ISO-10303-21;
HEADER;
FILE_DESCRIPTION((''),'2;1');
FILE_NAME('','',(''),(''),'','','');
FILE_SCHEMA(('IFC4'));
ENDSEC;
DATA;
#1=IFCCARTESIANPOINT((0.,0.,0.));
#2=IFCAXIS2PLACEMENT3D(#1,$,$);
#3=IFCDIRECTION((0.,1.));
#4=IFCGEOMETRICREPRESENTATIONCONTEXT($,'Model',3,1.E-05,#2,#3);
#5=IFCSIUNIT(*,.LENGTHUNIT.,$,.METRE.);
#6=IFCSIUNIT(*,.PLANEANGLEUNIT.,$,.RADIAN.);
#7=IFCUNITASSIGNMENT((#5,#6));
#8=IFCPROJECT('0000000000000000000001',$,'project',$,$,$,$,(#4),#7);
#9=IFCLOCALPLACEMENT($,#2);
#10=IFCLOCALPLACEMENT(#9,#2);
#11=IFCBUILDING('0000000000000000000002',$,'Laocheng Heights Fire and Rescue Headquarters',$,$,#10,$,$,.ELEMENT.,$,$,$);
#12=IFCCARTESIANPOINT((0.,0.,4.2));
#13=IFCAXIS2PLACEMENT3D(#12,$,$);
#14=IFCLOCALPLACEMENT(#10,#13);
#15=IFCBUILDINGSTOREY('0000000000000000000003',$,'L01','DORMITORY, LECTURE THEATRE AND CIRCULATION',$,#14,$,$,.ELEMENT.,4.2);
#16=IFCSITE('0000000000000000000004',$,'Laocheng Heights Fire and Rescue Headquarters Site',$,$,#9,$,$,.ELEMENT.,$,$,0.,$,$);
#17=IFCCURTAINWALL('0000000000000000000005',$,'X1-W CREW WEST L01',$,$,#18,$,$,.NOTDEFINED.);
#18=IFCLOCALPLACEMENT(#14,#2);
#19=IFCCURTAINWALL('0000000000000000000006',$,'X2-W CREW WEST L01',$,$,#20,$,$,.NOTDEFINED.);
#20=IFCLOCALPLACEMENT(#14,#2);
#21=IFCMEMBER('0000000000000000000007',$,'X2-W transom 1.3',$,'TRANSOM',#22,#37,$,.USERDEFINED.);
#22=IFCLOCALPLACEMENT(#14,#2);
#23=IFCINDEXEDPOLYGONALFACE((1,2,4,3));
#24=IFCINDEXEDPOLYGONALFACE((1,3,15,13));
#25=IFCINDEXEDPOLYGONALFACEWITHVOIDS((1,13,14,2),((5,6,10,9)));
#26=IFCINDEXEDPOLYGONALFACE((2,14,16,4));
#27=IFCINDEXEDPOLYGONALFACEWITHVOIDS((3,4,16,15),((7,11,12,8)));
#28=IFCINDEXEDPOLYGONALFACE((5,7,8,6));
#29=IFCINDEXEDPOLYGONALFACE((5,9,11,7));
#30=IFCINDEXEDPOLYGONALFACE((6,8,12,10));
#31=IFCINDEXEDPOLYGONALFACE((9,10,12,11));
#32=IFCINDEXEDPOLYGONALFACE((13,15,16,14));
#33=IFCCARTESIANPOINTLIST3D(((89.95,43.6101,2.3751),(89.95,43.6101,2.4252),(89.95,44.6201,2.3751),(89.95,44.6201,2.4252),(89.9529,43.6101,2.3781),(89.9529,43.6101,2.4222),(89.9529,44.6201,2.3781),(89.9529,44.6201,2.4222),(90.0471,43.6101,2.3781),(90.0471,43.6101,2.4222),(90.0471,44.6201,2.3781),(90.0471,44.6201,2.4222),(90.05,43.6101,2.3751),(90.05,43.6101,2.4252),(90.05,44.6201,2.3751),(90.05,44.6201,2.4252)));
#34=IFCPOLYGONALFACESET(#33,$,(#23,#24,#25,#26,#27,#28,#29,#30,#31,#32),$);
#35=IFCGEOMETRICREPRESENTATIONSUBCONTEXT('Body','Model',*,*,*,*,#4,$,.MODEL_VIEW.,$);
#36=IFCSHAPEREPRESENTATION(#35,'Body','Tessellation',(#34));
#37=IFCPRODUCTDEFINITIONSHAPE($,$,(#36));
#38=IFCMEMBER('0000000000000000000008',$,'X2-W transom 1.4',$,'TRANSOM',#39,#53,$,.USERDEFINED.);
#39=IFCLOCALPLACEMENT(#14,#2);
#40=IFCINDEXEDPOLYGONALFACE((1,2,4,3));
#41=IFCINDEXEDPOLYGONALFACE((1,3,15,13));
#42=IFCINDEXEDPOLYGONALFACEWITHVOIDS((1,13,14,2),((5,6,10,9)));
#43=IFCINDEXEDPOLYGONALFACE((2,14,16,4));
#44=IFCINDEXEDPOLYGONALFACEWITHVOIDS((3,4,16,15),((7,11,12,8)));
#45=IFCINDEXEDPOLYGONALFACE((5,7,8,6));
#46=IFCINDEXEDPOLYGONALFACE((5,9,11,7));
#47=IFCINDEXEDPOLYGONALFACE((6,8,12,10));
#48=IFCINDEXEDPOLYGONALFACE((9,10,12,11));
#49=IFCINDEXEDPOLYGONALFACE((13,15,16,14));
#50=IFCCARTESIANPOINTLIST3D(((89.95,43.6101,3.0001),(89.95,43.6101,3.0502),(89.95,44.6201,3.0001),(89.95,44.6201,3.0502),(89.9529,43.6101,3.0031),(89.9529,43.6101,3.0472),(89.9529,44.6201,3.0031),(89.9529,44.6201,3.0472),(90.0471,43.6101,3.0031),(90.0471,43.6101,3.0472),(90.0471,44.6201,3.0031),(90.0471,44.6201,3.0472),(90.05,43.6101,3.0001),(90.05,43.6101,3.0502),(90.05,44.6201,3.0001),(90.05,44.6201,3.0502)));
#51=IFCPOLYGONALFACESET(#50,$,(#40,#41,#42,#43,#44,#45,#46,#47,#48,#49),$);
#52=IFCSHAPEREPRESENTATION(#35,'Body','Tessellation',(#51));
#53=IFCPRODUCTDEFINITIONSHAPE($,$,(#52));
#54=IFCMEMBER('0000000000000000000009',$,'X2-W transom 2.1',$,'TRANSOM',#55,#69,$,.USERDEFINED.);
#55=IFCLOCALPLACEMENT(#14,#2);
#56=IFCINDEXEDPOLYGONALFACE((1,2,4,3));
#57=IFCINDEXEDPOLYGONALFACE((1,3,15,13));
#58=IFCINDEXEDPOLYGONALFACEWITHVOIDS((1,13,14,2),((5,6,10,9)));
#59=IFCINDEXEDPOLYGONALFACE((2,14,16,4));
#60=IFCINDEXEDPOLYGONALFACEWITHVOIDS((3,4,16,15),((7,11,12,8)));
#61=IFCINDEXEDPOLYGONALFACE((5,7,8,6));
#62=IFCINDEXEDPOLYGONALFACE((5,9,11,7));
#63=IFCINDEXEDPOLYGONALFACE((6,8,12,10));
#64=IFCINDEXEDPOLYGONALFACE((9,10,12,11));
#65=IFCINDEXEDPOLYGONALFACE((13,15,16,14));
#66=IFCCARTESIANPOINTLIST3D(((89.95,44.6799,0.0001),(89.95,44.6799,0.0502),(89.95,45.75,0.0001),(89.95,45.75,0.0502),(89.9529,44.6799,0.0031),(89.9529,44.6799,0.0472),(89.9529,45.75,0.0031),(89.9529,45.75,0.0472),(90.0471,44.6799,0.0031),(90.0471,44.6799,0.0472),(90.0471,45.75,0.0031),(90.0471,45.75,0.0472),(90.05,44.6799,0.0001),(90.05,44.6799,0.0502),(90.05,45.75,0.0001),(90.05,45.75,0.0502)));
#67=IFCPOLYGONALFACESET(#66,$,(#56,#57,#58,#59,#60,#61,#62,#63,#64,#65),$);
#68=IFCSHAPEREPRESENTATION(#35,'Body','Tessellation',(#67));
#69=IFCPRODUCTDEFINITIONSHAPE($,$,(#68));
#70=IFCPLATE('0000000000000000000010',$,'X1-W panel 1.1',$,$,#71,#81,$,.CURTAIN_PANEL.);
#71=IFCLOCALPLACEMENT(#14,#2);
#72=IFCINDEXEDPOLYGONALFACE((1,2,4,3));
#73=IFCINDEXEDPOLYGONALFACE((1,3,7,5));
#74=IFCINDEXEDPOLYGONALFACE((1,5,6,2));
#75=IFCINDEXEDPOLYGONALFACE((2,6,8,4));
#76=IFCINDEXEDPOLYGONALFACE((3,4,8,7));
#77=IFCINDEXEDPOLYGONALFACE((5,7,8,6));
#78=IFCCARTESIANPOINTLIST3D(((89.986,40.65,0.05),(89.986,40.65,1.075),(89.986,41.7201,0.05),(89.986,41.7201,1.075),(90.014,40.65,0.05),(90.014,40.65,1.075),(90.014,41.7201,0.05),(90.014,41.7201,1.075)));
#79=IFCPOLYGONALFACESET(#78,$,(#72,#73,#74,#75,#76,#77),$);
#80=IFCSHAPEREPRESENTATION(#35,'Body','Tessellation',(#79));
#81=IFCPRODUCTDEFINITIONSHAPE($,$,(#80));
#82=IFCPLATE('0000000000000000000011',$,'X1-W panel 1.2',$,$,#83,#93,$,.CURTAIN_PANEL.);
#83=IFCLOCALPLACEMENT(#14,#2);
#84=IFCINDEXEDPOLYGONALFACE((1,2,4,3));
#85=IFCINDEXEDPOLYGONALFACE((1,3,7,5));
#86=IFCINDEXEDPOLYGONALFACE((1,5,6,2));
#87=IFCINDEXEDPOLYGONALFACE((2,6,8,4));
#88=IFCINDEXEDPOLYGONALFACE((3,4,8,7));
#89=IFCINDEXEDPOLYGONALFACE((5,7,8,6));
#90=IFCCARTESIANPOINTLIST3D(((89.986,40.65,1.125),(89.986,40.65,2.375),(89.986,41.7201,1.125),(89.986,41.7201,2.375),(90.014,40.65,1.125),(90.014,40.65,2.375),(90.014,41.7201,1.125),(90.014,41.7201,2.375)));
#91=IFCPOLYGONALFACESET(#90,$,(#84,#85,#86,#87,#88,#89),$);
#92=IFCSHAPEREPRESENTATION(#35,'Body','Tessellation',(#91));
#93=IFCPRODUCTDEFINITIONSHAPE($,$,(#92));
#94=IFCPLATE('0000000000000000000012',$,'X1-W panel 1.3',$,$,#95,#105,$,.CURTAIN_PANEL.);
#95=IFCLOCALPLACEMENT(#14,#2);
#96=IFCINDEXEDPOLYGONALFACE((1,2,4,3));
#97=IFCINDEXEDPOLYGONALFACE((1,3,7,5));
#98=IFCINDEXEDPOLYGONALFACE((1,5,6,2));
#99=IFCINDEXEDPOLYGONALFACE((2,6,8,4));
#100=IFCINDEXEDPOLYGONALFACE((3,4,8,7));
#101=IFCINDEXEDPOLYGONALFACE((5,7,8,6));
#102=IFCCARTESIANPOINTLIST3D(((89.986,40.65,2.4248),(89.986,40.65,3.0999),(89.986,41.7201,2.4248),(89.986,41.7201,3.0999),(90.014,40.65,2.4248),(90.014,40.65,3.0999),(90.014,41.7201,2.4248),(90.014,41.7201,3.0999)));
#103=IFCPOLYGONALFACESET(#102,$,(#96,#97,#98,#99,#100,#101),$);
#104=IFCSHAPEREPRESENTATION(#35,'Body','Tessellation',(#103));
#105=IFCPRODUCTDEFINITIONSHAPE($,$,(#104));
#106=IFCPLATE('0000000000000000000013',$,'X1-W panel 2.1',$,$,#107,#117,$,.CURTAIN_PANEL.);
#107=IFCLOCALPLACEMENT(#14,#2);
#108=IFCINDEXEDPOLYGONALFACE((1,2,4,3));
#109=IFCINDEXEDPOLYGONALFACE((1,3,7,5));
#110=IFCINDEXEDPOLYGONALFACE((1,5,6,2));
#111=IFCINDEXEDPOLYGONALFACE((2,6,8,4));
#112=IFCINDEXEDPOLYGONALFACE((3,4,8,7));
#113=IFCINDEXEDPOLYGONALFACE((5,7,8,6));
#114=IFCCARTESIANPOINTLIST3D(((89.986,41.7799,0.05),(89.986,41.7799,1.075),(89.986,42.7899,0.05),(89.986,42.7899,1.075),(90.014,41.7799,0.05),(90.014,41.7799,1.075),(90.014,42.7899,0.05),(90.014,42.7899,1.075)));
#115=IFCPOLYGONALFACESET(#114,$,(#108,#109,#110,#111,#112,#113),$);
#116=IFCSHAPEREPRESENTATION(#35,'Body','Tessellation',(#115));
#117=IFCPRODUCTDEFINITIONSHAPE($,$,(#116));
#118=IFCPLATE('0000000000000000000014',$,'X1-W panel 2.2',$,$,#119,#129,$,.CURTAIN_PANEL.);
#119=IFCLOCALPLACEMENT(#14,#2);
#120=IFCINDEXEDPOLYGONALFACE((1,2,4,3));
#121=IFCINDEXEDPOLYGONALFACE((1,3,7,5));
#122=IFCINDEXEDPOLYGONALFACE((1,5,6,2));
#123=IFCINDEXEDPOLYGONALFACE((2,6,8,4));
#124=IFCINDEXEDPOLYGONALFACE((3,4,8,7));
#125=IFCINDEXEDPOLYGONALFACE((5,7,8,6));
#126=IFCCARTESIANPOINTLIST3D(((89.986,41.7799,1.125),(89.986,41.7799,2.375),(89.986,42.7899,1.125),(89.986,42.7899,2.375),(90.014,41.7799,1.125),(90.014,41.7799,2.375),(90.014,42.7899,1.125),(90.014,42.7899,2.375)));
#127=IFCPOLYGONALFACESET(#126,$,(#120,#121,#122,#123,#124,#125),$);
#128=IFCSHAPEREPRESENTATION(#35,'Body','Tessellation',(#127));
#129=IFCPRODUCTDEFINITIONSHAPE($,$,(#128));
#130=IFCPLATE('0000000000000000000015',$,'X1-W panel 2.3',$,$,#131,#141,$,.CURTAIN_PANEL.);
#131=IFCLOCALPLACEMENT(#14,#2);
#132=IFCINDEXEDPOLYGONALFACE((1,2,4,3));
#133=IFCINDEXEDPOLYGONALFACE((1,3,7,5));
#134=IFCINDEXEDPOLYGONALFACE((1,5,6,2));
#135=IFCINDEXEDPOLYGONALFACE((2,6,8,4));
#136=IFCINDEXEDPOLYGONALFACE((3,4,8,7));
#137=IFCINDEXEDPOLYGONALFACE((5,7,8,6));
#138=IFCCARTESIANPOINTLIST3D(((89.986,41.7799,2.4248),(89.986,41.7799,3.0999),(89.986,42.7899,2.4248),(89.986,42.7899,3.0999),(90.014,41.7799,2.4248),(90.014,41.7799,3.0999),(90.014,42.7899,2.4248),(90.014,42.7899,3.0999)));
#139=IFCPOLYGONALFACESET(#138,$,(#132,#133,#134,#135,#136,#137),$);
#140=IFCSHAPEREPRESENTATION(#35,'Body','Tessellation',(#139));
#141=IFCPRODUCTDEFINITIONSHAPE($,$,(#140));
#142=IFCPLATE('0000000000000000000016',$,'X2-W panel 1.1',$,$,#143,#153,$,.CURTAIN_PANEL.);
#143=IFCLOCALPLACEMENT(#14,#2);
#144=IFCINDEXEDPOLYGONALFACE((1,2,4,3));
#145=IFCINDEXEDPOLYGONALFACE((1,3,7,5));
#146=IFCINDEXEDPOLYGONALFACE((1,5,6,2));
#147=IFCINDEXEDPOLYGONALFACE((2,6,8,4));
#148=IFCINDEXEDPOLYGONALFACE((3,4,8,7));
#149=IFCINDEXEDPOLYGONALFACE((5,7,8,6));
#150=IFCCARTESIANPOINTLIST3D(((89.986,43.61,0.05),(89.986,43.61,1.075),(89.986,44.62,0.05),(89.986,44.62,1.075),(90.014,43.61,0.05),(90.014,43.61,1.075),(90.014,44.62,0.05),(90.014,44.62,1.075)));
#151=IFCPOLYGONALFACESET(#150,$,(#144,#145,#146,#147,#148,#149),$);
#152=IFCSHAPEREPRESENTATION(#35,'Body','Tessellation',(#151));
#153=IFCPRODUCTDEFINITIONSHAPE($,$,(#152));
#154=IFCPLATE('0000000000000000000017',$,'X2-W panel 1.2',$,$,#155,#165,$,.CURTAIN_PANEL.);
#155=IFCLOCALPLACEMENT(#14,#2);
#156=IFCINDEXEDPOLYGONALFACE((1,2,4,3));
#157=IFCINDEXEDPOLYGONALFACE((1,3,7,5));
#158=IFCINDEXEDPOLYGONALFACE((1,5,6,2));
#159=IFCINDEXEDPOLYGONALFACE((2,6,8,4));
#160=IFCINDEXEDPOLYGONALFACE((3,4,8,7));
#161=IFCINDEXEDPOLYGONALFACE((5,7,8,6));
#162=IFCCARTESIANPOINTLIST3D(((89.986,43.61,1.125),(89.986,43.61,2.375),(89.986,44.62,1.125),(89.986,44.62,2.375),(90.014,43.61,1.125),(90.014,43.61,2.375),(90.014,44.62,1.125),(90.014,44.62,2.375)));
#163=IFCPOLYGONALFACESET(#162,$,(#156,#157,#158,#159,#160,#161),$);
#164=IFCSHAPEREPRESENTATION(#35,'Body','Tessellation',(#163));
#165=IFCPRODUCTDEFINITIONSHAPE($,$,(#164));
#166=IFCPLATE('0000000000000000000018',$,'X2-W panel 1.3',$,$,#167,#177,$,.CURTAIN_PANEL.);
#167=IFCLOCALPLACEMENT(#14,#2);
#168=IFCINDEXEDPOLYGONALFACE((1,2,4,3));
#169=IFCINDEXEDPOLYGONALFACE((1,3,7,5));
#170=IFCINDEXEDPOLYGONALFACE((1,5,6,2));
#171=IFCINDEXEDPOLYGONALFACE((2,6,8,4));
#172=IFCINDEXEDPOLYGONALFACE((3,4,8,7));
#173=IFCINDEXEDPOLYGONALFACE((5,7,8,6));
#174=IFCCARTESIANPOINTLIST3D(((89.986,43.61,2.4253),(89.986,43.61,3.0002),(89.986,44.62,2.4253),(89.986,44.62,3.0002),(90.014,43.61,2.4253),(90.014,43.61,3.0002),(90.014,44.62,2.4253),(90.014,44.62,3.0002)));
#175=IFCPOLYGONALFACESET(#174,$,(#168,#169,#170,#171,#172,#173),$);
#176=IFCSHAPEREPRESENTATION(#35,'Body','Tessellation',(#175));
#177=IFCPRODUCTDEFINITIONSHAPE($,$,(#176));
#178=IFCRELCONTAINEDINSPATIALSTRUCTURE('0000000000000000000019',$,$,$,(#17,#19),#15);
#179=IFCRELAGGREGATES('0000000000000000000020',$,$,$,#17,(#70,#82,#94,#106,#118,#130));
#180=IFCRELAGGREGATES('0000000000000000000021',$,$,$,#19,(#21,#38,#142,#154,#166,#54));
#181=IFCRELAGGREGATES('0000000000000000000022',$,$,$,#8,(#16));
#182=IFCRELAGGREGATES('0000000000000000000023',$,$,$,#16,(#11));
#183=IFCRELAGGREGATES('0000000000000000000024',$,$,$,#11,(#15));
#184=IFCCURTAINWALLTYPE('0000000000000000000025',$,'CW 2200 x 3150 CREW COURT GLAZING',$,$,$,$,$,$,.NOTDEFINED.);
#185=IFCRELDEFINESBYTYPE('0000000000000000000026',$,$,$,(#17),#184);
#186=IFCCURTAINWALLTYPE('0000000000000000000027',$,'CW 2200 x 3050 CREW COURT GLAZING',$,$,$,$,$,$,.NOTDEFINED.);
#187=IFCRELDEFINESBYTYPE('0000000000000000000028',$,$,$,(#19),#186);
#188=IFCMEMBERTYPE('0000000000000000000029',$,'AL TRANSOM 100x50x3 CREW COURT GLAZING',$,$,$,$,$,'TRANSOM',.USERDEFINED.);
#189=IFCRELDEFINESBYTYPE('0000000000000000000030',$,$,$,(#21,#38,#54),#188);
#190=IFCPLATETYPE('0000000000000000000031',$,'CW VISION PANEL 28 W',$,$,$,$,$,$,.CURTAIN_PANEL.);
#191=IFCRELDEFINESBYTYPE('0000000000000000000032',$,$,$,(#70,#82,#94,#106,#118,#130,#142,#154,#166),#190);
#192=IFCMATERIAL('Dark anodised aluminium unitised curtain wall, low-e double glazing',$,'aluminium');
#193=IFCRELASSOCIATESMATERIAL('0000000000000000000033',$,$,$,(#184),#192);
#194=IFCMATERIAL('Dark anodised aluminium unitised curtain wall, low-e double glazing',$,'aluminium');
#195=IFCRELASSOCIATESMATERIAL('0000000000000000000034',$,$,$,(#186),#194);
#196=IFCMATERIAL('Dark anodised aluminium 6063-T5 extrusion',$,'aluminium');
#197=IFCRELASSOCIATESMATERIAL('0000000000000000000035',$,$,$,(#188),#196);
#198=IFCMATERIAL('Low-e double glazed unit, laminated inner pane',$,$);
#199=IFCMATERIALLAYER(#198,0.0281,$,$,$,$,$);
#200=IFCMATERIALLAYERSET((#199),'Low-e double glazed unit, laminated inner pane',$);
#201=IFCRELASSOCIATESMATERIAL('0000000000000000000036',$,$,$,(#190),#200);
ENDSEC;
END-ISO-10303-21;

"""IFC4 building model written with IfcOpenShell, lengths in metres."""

from ifc_helpers import new_model, si_unit, direction, frame, origin, origin_2d, place, context, subcontext, project, spatial, rectangle, hollow_rectangle, extrude, material, layer, layer_set, material_profile, profile_set, type_object, element, aggregate, save


model = new_model("IFC4")

# Units and contexts
model_context = context("Model", 3, precision=1e-05, world=origin(), true_north=direction((0.0, 1.0)))
body_context = subcontext(model_context, "Body", "Model", "MODEL_VIEW")
ifc_project = project(units=[si_unit("LENGTHUNIT", "METRE"), si_unit("PLANEANGLEUNIT", "RADIAN")], contexts=[model_context])

# Site, building, storey
site_placement = place(None, origin())
site = spatial("IfcSite", under=ifc_project, at=site_placement, Name="Laocheng Heights Fire and Rescue Headquarters Site", CompositionType="ELEMENT", RefElevation=0.0)
building_placement = place(site_placement, origin())
building = spatial("IfcBuilding", under=site, at=building_placement, Name="Laocheng Heights Fire and Rescue Headquarters", CompositionType="ELEMENT")
storey_placement = place(building_placement, frame((0.0, 0.0, 4.2)))
storey = spatial("IfcBuildingStorey", under=building, at=storey_placement, Name="L01", Description="DORMITORY, LECTURE THEATRE AND CIRCULATION", CompositionType="ELEMENT", Elevation=4.2)

# Curtain walls
ifc_material_1 = material(Name="Dark anodised aluminium unitised curtain wall, low-e double glazing", Category="aluminium")
curtain_wall_type_1 = type_object("IfcCurtainWallType", Name="CW 2200 x 3150 CREW COURT GLAZING", PredefinedType="NOTDEFINED", material=ifc_material_1)
curtain_wall_1_placement = place(storey_placement, origin())
curtain_wall_1 = element("IfcCurtainWall", 1, at=curtain_wall_1_placement, inside=storey, type_object=curtain_wall_type_1, Name="X1-W CREW WEST L01", PredefinedType="NOTDEFINED")
ifc_material_2 = material(Name="Dark anodised aluminium unitised curtain wall, low-e double glazing", Category="aluminium")
curtain_wall_type_2 = type_object("IfcCurtainWallType", Name="CW 2200 x 3050 CREW COURT GLAZING", PredefinedType="NOTDEFINED", material=ifc_material_2)
curtain_wall_2_placement = place(storey_placement, origin())
curtain_wall_2 = element("IfcCurtainWall", 2, at=curtain_wall_2_placement, inside=storey, type_object=curtain_wall_type_2, Name="X2-W CREW WEST L01", PredefinedType="NOTDEFINED")

# Members
ifc_material_3 = material(Name="Dark anodised aluminium 6063-T5 extrusion", Category="aluminium")
ifc_material_profile_1 = material_profile(ifc_material_3, hollow_rectangle(XDim=0.1001, YDim=0.05, WallThickness=0.0029, at=origin_2d()), Name="AL TRANSOM 100x50x3 CREW COURT GLAZING")
ifc_profile_set_1 = profile_set([ifc_material_profile_1], Name="Dark anodised aluminium 6063-T5 extrusion")
member_type_1 = type_object("IfcMemberType", Name="AL TRANSOM 100x50x3 CREW COURT GLAZING", ElementType="TRANSOM", PredefinedType="USERDEFINED", material=ifc_profile_set_1)
member_1_placement = place(storey_placement, frame((90.0, 43.6101, 2.4001), z_axis=(0.0, 1.0, 0.0), x_axis=(-1.0, 0.0, 0.0)))
member_1 = element("IfcMember", 3, at=member_1_placement, type_object=member_type_1, Name="X2-W transom 1.3", ObjectType="TRANSOM", PredefinedType="USERDEFINED", context=body_context, shape_type="SweptSolid", body=[
    extrude(hollow_rectangle(XDim=0.1001, YDim=0.05, WallThickness=0.0029, at=origin_2d()), origin(), (0.0, 0.0, 1.0), 1.01),
])
member_2_placement = place(storey_placement, frame((90.0, 43.6101, 3.0251), z_axis=(0.0, 1.0, 0.0), x_axis=(-1.0, 0.0, 0.0)))
member_2 = element("IfcMember", 4, at=member_2_placement, type_object=member_type_1, Name="X2-W transom 1.4", ObjectType="TRANSOM", PredefinedType="USERDEFINED", context=body_context, shape_type="SweptSolid", body=[
    extrude(hollow_rectangle(XDim=0.1001, YDim=0.05, WallThickness=0.0029, at=origin_2d()), origin(), (0.0, 0.0, 1.0), 1.01),
])
member_3_placement = place(storey_placement, frame((90.0, 44.6799, 0.0251), z_axis=(0.0, 1.0, 0.0), x_axis=(-1.0, 0.0, 0.0)))
member_3 = element("IfcMember", 5, at=member_3_placement, type_object=member_type_1, Name="X2-W transom 2.1", ObjectType="TRANSOM", PredefinedType="USERDEFINED", context=body_context, shape_type="SweptSolid", body=[
    extrude(hollow_rectangle(XDim=0.1001, YDim=0.05, WallThickness=0.0029, at=origin_2d()), origin(), (0.0, 0.0, 1.0), 1.0701),
])

# Plates
ifc_material_4 = material(Name="Low-e double glazed unit, laminated inner pane")
ifc_layer = layer(ifc_material_4, 0.0281)
ifc_layer_set = layer_set([ifc_layer], Name="Low-e double glazed unit, laminated inner pane")
plate_type = type_object("IfcPlateType", Name="CW VISION PANEL 28 W", PredefinedType="CURTAIN_PANEL", material=ifc_layer_set)
plate_1_placement = place(storey_placement, frame((90.0, 41.1851, 0.05), z_axis=(0.0, 0.0, 1.0), x_axis=(0.0, 1.0, 0.0)))
plate_1 = element("IfcPlate", 6, at=plate_1_placement, type_object=plate_type, Name="X1-W panel 1.1", PredefinedType="CURTAIN_PANEL", context=body_context, shape_type="SweptSolid", body=[
    extrude(rectangle(XDim=1.0701, YDim=0.0281, at=origin_2d()), origin(), (0.0, 0.0, 1.0), 1.0249),
])
plate_2_placement = place(storey_placement, frame((90.0, 41.1851, 1.125), z_axis=(0.0, 0.0, 1.0), x_axis=(0.0, 1.0, 0.0)))
plate_2 = element("IfcPlate", 7, at=plate_2_placement, type_object=plate_type, Name="X1-W panel 1.2", PredefinedType="CURTAIN_PANEL", context=body_context, shape_type="SweptSolid", body=[
    extrude(rectangle(XDim=1.0701, YDim=0.0281, at=origin_2d()), origin(), (0.0, 0.0, 1.0), 1.25),
])
plate_3_placement = place(storey_placement, frame((90.0, 41.1851, 2.4248), z_axis=(0.0, 0.0, 1.0), x_axis=(0.0, 1.0, 0.0)))
plate_3 = element("IfcPlate", 8, at=plate_3_placement, type_object=plate_type, Name="X1-W panel 1.3", PredefinedType="CURTAIN_PANEL", context=body_context, shape_type="SweptSolid", body=[
    extrude(rectangle(XDim=1.0701, YDim=0.0281, at=origin_2d()), origin(), (0.0, 0.0, 1.0), 0.675),
])
plate_4_placement = place(storey_placement, frame((90.0, 42.2849, 0.05), z_axis=(0.0, 0.0, 1.0), x_axis=(0.0, 1.0, 0.0)))
plate_4 = element("IfcPlate", 9, at=plate_4_placement, type_object=plate_type, Name="X1-W panel 2.1", PredefinedType="CURTAIN_PANEL", context=body_context, shape_type="SweptSolid", body=[
    extrude(rectangle(XDim=1.01, YDim=0.0281, at=origin_2d()), origin(), (0.0, 0.0, 1.0), 1.0249),
])
plate_5_placement = place(storey_placement, frame((90.0, 42.2849, 1.125), z_axis=(0.0, 0.0, 1.0), x_axis=(0.0, 1.0, 0.0)))
plate_5 = element("IfcPlate", 10, at=plate_5_placement, type_object=plate_type, Name="X1-W panel 2.2", PredefinedType="CURTAIN_PANEL", context=body_context, shape_type="SweptSolid", body=[
    extrude(rectangle(XDim=1.01, YDim=0.0281, at=origin_2d()), origin(), (0.0, 0.0, 1.0), 1.25),
])
plate_6_placement = place(storey_placement, frame((90.0, 42.2849, 2.4248), z_axis=(0.0, 0.0, 1.0), x_axis=(0.0, 1.0, 0.0)))
plate_6 = element("IfcPlate", 11, at=plate_6_placement, type_object=plate_type, Name="X1-W panel 2.3", PredefinedType="CURTAIN_PANEL", context=body_context, shape_type="SweptSolid", body=[
    extrude(rectangle(XDim=1.01, YDim=0.0281, at=origin_2d()), origin(), (0.0, 0.0, 1.0), 0.675),
])
aggregate(curtain_wall_1, [plate_1, plate_2, plate_3, plate_4, plate_5, plate_6])
plate_7_placement = place(storey_placement, frame((90.0, 44.115, 0.05), z_axis=(0.0, 0.0, 1.0), x_axis=(0.0, 1.0, 0.0)))
plate_7 = element("IfcPlate", 12, at=plate_7_placement, type_object=plate_type, Name="X2-W panel 1.1", PredefinedType="CURTAIN_PANEL", context=body_context, shape_type="SweptSolid", body=[
    extrude(rectangle(XDim=1.01, YDim=0.0281, at=origin_2d()), origin(), (0.0, 0.0, 1.0), 1.0249),
])
plate_8_placement = place(storey_placement, frame((90.0, 44.115, 1.125), z_axis=(0.0, 0.0, 1.0), x_axis=(0.0, 1.0, 0.0)))
plate_8 = element("IfcPlate", 13, at=plate_8_placement, type_object=plate_type, Name="X2-W panel 1.2", PredefinedType="CURTAIN_PANEL", context=body_context, shape_type="SweptSolid", body=[
    extrude(rectangle(XDim=1.01, YDim=0.0281, at=origin_2d()), origin(), (0.0, 0.0, 1.0), 1.25),
])
plate_9_placement = place(storey_placement, frame((90.0, 44.115, 2.4253), z_axis=(0.0, 0.0, 1.0), x_axis=(0.0, 1.0, 0.0)))
plate_9 = element("IfcPlate", 14, at=plate_9_placement, type_object=plate_type, Name="X2-W panel 1.3", PredefinedType="CURTAIN_PANEL", context=body_context, shape_type="SweptSolid", body=[
    extrude(rectangle(XDim=1.01, YDim=0.0281, at=origin_2d()), origin(), (0.0, 0.0, 1.0), 0.575),
])
aggregate(curtain_wall_2, [member_1, member_2, plate_7, plate_8, plate_9, member_3])

save(model, "model.ifc")
